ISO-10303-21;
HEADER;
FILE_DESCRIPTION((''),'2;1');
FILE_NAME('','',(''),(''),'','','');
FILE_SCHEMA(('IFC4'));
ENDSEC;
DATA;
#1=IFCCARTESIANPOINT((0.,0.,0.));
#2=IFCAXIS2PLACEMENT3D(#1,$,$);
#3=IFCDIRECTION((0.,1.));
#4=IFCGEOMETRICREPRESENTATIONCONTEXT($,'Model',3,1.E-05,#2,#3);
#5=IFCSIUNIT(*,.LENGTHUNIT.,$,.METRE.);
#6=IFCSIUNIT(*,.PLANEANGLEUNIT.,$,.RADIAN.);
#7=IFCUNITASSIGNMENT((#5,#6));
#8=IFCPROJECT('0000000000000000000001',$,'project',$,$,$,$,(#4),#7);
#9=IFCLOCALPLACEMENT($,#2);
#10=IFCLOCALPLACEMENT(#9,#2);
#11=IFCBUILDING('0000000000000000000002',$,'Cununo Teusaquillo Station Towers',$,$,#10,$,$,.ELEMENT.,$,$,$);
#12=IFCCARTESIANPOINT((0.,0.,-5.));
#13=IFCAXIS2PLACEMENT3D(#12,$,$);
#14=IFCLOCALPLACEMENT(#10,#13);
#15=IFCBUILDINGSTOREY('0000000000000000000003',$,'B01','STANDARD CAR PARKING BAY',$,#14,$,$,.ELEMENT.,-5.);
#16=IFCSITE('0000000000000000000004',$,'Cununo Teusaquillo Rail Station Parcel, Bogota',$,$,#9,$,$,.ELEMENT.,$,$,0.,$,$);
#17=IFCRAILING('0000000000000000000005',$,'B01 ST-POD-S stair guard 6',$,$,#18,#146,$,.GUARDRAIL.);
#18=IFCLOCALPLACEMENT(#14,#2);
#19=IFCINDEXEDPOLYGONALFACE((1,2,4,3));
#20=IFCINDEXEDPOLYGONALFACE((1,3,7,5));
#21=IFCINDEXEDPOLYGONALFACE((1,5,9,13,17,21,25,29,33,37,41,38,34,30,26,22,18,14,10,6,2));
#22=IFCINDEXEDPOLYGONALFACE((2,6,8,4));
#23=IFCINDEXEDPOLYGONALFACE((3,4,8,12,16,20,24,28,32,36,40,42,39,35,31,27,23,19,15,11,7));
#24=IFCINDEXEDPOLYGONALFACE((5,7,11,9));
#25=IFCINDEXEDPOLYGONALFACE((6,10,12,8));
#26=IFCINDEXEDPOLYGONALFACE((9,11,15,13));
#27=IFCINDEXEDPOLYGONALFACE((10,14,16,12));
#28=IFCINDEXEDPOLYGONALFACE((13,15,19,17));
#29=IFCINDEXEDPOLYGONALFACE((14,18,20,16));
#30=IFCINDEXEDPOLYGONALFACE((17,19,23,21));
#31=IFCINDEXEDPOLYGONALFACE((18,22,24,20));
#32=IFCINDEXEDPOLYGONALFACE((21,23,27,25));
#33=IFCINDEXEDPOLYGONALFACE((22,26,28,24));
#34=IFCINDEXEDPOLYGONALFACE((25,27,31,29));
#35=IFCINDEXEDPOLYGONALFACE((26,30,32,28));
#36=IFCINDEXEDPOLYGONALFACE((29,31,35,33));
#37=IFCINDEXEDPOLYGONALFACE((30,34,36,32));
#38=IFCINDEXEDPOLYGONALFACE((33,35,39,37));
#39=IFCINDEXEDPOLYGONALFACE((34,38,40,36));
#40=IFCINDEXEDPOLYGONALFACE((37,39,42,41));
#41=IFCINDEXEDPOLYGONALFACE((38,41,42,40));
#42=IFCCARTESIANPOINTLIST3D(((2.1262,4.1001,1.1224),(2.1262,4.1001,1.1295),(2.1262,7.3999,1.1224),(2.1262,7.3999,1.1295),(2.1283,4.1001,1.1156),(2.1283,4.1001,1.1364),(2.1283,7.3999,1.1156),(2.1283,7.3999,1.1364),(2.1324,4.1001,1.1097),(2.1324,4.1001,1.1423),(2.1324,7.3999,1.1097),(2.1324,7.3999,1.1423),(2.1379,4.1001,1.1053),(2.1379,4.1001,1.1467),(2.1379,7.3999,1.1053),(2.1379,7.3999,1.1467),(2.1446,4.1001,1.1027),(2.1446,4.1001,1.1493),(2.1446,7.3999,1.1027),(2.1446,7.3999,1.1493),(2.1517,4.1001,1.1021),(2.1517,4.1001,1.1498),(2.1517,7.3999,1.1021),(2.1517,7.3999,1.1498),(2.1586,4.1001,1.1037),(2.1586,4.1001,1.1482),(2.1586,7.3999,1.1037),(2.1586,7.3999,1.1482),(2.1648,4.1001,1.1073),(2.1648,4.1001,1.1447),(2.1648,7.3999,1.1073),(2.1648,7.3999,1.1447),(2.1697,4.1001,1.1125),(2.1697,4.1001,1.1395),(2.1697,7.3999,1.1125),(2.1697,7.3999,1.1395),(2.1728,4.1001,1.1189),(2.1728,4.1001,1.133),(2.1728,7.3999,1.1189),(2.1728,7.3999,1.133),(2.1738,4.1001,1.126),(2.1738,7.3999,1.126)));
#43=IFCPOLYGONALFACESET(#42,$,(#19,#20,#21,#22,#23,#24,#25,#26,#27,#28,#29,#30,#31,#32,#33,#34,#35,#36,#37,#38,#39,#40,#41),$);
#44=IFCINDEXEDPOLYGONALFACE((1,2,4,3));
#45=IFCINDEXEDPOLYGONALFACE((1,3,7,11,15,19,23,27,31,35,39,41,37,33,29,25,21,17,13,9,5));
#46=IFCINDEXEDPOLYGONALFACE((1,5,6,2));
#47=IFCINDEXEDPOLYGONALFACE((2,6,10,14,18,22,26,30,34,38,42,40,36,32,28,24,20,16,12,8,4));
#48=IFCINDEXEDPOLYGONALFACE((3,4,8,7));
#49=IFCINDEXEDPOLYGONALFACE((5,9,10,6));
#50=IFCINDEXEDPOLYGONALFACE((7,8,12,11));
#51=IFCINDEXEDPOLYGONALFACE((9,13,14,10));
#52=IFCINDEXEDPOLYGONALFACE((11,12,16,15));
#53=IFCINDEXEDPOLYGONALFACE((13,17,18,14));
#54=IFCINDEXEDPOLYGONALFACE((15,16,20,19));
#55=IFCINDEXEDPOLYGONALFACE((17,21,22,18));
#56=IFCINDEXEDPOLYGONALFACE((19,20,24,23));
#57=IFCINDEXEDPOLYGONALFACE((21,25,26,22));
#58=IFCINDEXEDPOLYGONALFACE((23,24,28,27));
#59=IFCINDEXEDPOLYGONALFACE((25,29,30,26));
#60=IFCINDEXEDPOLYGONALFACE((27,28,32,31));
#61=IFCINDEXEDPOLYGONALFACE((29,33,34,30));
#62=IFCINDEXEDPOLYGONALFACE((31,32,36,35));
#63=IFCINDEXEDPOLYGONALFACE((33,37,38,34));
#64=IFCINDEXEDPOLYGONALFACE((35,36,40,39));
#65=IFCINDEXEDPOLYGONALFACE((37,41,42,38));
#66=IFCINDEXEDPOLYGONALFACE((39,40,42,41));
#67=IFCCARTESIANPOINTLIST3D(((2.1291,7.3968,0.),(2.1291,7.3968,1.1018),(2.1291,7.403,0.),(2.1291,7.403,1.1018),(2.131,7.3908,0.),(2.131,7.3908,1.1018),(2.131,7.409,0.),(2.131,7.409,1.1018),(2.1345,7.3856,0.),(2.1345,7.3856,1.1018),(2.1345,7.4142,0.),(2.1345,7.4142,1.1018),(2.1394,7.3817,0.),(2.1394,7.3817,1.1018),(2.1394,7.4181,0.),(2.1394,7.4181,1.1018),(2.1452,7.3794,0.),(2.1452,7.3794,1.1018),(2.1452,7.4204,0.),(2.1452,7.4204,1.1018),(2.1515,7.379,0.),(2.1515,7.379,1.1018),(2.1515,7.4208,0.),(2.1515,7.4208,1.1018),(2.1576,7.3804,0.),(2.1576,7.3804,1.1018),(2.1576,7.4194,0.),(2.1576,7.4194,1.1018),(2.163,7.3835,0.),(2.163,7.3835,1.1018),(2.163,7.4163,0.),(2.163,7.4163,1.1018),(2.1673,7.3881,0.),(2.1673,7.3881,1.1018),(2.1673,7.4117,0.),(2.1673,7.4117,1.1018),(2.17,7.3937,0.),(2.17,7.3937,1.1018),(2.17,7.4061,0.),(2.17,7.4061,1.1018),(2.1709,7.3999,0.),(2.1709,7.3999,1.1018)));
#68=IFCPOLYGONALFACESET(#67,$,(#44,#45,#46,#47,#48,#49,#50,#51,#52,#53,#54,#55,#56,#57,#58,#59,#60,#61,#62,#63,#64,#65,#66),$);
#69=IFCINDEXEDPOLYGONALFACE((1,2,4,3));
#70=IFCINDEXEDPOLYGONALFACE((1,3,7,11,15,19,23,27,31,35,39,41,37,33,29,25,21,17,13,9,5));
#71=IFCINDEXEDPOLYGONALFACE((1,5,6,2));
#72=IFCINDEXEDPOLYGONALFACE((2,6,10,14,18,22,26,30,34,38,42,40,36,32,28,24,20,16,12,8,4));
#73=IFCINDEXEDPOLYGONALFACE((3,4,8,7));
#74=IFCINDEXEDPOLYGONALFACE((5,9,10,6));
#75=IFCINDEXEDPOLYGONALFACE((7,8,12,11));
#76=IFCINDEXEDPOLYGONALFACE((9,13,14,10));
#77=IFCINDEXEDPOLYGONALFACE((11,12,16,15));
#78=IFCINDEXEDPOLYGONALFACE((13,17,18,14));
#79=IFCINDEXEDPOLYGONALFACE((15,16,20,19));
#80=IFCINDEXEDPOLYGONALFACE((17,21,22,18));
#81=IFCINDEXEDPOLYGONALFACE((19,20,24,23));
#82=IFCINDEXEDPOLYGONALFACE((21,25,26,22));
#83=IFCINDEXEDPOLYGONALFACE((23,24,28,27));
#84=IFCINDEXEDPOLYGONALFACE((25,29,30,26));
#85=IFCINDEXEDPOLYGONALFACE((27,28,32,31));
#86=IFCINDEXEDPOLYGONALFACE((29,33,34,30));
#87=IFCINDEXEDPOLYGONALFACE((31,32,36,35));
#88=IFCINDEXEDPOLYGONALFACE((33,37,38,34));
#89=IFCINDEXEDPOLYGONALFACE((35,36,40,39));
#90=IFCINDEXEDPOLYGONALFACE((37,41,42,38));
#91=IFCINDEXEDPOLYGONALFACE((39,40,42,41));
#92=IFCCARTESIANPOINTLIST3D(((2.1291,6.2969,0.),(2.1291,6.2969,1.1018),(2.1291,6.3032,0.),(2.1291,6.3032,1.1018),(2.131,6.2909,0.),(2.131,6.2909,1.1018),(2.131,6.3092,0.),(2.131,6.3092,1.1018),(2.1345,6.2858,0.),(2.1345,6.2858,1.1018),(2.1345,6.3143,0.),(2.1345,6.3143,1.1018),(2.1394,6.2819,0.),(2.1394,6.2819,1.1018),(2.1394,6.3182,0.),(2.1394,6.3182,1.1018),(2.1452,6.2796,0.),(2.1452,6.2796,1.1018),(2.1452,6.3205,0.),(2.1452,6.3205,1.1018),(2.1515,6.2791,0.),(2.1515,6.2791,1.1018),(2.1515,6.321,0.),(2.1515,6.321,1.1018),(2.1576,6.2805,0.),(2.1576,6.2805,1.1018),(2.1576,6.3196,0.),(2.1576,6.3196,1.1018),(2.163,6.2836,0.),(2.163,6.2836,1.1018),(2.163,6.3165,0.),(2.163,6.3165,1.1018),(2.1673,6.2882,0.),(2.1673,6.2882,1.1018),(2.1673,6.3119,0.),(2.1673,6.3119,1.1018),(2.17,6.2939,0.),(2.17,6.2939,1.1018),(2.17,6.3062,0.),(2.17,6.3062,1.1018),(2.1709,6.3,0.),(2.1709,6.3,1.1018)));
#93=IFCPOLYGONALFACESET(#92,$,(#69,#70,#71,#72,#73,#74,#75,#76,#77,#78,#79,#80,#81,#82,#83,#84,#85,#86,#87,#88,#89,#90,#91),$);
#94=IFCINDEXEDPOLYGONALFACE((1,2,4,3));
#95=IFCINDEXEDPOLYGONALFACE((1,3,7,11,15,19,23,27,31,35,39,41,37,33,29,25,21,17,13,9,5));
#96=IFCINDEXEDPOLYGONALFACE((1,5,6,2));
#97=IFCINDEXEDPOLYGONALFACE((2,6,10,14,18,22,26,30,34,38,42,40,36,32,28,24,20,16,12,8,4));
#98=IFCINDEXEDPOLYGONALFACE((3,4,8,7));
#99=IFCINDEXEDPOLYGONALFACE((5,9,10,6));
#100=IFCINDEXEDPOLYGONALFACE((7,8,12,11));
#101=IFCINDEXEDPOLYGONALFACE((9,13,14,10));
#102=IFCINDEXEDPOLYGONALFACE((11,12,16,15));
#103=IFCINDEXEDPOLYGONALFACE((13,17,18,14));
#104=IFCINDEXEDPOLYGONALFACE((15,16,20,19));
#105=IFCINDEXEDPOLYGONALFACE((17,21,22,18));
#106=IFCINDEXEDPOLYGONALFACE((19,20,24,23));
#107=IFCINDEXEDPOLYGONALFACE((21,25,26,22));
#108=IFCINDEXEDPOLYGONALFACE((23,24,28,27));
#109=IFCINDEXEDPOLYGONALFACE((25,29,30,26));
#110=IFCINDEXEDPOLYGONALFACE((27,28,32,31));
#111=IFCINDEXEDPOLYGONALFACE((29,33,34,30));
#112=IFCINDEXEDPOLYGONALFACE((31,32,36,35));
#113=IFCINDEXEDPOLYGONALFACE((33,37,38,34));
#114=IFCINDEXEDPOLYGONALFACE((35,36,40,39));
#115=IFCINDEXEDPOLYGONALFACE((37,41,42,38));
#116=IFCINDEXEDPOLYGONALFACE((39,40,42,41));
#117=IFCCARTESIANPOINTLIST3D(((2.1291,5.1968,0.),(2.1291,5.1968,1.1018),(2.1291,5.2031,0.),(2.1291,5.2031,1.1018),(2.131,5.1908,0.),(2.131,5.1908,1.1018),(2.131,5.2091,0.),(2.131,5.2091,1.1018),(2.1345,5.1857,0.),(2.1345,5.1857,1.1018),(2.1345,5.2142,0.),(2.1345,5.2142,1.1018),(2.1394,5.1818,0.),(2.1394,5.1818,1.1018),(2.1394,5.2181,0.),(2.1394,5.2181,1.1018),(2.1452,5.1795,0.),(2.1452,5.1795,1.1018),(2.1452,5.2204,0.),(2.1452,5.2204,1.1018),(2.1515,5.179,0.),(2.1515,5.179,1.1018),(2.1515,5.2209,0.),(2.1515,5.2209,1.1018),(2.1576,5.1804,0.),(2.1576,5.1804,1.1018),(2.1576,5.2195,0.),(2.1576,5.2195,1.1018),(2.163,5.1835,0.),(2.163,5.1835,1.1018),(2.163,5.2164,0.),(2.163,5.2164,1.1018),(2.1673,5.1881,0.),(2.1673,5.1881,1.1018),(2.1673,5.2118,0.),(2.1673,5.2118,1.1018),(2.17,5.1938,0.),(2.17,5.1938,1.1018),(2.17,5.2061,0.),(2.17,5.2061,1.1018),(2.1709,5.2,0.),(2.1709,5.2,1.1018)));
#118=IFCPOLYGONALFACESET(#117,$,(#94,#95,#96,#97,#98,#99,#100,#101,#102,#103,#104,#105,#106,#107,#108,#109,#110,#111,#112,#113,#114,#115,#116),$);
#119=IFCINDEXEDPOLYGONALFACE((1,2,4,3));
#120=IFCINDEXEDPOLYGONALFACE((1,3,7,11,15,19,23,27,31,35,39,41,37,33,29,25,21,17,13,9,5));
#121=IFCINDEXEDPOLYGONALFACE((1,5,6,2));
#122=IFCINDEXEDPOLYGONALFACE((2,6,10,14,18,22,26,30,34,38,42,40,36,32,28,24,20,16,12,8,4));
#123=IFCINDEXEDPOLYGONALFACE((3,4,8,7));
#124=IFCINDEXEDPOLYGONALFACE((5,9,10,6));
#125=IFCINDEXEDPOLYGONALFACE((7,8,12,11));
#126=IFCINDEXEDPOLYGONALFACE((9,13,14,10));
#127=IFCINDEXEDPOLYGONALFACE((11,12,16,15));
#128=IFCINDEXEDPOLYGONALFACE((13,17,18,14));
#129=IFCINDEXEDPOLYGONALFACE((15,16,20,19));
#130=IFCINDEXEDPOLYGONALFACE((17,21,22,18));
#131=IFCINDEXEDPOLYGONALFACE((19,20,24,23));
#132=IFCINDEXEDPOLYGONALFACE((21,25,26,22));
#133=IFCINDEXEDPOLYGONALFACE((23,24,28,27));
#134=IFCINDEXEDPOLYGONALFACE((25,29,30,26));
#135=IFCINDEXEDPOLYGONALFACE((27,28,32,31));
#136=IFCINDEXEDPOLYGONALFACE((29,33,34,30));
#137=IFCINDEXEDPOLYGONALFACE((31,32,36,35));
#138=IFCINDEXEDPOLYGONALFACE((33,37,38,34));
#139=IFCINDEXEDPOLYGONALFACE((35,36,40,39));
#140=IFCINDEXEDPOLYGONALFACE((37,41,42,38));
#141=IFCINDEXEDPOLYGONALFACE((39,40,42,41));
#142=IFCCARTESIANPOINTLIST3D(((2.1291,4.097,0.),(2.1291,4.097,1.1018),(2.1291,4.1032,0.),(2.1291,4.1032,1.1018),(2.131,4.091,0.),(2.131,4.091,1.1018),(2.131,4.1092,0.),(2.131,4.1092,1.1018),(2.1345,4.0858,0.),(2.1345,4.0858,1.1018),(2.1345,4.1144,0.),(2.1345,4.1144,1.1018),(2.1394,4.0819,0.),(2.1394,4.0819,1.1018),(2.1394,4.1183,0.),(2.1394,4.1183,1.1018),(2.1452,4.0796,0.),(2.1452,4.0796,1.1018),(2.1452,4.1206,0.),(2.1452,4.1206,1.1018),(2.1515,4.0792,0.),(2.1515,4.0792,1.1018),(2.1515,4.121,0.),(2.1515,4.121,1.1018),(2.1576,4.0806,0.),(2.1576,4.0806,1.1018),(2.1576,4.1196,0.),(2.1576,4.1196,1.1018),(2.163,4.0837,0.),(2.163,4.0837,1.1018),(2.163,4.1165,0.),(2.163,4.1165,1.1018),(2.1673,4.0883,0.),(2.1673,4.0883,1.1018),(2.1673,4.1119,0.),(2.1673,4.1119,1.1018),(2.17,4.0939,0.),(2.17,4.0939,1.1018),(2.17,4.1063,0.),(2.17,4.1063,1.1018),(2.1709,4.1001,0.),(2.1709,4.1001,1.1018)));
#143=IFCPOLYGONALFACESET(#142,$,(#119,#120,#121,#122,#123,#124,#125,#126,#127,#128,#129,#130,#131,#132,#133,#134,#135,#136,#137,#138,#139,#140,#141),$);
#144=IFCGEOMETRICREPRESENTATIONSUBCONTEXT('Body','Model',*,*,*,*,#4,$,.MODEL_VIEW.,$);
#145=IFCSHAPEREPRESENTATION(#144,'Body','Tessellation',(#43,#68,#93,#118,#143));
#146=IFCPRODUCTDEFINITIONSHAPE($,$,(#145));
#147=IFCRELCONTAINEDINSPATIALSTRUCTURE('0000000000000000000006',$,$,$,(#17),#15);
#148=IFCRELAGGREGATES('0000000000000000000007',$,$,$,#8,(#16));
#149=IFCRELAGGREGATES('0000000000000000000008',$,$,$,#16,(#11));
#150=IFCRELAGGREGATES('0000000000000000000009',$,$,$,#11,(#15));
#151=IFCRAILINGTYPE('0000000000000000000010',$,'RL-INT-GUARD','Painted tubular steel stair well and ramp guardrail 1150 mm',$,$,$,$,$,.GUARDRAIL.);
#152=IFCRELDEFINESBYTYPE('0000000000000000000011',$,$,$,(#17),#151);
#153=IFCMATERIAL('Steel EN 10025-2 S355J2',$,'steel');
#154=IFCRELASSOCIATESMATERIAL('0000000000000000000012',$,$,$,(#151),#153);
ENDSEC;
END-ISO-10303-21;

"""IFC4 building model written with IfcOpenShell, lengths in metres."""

from ifc_helpers import new_model, si_unit, direction, frame, origin, origin_2d, place, context, subcontext, project, spatial, circle, extrude, material, type_object, element, save


model = new_model("IFC4")

# Units and contexts
model_context = context("Model", 3, precision=1e-05, world=origin(), true_north=direction((0.0, 1.0)))
body_context = subcontext(model_context, "Body", "Model", "MODEL_VIEW")
ifc_project = project(units=[si_unit("LENGTHUNIT", "METRE"), si_unit("PLANEANGLEUNIT", "RADIAN")], contexts=[model_context])

# Site, building, storey
site_placement = place(None, origin())
site = spatial("IfcSite", under=ifc_project, at=site_placement, Name="Cununo Teusaquillo Rail Station Parcel, Bogota", CompositionType="ELEMENT", RefElevation=0.0)
building_placement = place(site_placement, origin())
building = spatial("IfcBuilding", under=site, at=building_placement, Name="Cununo Teusaquillo Station Towers", CompositionType="ELEMENT")
storey_placement = place(building_placement, frame((0.0, 0.0, -5.0)))
storey = spatial("IfcBuildingStorey", under=building, at=storey_placement, Name="B01", Description="STANDARD CAR PARKING BAY", CompositionType="ELEMENT", Elevation=-5.0)

# Railing
ifc_material_1 = material(Name="Steel EN 10025-2 S355J2", Category="steel")
railing_type_1 = type_object("IfcRailingType", Name="RL-INT-GUARD", Description="Painted tubular steel stair well and ramp guardrail 1150 mm", PredefinedType="GUARDRAIL", material=ifc_material_1)
railing_1_placement = place(storey_placement, frame((2.1499, 7.3999, 0.0)))
element("IfcRailing", 1, at=railing_1_placement, inside=storey, type_object=railing_type_1, Name="B01 ST-POD-S stair guard 6", PredefinedType="GUARDRAIL", context=body_context, shape_type="SweptSolid", body=[
    extrude(circle(Radius=0.0239, at=origin_2d()), frame((0.0, 0.0, 1.126), z_axis=(0.0, -1.0, 0.0), x_axis=(1.0, 0.0, 0.0)), (0.0, 0.0, 1.0), 3.2998),
    extrude(circle(Radius=0.021, at=origin_2d()), origin(), (0.0, 0.0, 1.0), 1.1018),
    extrude(circle(Radius=0.021, at=origin_2d()), frame((0.0, -1.0999, 0.0)), (0.0, 0.0, 1.0), 1.1018),
    extrude(circle(Radius=0.021, at=origin_2d()), frame((0.0, -2.2, 0.0)), (0.0, 0.0, 1.0), 1.1018),
    extrude(circle(Radius=0.021, at=origin_2d()), frame((0.0, -3.2998, 0.0)), (0.0, 0.0, 1.0), 1.1018),
])

save(model, "model.ifc")
